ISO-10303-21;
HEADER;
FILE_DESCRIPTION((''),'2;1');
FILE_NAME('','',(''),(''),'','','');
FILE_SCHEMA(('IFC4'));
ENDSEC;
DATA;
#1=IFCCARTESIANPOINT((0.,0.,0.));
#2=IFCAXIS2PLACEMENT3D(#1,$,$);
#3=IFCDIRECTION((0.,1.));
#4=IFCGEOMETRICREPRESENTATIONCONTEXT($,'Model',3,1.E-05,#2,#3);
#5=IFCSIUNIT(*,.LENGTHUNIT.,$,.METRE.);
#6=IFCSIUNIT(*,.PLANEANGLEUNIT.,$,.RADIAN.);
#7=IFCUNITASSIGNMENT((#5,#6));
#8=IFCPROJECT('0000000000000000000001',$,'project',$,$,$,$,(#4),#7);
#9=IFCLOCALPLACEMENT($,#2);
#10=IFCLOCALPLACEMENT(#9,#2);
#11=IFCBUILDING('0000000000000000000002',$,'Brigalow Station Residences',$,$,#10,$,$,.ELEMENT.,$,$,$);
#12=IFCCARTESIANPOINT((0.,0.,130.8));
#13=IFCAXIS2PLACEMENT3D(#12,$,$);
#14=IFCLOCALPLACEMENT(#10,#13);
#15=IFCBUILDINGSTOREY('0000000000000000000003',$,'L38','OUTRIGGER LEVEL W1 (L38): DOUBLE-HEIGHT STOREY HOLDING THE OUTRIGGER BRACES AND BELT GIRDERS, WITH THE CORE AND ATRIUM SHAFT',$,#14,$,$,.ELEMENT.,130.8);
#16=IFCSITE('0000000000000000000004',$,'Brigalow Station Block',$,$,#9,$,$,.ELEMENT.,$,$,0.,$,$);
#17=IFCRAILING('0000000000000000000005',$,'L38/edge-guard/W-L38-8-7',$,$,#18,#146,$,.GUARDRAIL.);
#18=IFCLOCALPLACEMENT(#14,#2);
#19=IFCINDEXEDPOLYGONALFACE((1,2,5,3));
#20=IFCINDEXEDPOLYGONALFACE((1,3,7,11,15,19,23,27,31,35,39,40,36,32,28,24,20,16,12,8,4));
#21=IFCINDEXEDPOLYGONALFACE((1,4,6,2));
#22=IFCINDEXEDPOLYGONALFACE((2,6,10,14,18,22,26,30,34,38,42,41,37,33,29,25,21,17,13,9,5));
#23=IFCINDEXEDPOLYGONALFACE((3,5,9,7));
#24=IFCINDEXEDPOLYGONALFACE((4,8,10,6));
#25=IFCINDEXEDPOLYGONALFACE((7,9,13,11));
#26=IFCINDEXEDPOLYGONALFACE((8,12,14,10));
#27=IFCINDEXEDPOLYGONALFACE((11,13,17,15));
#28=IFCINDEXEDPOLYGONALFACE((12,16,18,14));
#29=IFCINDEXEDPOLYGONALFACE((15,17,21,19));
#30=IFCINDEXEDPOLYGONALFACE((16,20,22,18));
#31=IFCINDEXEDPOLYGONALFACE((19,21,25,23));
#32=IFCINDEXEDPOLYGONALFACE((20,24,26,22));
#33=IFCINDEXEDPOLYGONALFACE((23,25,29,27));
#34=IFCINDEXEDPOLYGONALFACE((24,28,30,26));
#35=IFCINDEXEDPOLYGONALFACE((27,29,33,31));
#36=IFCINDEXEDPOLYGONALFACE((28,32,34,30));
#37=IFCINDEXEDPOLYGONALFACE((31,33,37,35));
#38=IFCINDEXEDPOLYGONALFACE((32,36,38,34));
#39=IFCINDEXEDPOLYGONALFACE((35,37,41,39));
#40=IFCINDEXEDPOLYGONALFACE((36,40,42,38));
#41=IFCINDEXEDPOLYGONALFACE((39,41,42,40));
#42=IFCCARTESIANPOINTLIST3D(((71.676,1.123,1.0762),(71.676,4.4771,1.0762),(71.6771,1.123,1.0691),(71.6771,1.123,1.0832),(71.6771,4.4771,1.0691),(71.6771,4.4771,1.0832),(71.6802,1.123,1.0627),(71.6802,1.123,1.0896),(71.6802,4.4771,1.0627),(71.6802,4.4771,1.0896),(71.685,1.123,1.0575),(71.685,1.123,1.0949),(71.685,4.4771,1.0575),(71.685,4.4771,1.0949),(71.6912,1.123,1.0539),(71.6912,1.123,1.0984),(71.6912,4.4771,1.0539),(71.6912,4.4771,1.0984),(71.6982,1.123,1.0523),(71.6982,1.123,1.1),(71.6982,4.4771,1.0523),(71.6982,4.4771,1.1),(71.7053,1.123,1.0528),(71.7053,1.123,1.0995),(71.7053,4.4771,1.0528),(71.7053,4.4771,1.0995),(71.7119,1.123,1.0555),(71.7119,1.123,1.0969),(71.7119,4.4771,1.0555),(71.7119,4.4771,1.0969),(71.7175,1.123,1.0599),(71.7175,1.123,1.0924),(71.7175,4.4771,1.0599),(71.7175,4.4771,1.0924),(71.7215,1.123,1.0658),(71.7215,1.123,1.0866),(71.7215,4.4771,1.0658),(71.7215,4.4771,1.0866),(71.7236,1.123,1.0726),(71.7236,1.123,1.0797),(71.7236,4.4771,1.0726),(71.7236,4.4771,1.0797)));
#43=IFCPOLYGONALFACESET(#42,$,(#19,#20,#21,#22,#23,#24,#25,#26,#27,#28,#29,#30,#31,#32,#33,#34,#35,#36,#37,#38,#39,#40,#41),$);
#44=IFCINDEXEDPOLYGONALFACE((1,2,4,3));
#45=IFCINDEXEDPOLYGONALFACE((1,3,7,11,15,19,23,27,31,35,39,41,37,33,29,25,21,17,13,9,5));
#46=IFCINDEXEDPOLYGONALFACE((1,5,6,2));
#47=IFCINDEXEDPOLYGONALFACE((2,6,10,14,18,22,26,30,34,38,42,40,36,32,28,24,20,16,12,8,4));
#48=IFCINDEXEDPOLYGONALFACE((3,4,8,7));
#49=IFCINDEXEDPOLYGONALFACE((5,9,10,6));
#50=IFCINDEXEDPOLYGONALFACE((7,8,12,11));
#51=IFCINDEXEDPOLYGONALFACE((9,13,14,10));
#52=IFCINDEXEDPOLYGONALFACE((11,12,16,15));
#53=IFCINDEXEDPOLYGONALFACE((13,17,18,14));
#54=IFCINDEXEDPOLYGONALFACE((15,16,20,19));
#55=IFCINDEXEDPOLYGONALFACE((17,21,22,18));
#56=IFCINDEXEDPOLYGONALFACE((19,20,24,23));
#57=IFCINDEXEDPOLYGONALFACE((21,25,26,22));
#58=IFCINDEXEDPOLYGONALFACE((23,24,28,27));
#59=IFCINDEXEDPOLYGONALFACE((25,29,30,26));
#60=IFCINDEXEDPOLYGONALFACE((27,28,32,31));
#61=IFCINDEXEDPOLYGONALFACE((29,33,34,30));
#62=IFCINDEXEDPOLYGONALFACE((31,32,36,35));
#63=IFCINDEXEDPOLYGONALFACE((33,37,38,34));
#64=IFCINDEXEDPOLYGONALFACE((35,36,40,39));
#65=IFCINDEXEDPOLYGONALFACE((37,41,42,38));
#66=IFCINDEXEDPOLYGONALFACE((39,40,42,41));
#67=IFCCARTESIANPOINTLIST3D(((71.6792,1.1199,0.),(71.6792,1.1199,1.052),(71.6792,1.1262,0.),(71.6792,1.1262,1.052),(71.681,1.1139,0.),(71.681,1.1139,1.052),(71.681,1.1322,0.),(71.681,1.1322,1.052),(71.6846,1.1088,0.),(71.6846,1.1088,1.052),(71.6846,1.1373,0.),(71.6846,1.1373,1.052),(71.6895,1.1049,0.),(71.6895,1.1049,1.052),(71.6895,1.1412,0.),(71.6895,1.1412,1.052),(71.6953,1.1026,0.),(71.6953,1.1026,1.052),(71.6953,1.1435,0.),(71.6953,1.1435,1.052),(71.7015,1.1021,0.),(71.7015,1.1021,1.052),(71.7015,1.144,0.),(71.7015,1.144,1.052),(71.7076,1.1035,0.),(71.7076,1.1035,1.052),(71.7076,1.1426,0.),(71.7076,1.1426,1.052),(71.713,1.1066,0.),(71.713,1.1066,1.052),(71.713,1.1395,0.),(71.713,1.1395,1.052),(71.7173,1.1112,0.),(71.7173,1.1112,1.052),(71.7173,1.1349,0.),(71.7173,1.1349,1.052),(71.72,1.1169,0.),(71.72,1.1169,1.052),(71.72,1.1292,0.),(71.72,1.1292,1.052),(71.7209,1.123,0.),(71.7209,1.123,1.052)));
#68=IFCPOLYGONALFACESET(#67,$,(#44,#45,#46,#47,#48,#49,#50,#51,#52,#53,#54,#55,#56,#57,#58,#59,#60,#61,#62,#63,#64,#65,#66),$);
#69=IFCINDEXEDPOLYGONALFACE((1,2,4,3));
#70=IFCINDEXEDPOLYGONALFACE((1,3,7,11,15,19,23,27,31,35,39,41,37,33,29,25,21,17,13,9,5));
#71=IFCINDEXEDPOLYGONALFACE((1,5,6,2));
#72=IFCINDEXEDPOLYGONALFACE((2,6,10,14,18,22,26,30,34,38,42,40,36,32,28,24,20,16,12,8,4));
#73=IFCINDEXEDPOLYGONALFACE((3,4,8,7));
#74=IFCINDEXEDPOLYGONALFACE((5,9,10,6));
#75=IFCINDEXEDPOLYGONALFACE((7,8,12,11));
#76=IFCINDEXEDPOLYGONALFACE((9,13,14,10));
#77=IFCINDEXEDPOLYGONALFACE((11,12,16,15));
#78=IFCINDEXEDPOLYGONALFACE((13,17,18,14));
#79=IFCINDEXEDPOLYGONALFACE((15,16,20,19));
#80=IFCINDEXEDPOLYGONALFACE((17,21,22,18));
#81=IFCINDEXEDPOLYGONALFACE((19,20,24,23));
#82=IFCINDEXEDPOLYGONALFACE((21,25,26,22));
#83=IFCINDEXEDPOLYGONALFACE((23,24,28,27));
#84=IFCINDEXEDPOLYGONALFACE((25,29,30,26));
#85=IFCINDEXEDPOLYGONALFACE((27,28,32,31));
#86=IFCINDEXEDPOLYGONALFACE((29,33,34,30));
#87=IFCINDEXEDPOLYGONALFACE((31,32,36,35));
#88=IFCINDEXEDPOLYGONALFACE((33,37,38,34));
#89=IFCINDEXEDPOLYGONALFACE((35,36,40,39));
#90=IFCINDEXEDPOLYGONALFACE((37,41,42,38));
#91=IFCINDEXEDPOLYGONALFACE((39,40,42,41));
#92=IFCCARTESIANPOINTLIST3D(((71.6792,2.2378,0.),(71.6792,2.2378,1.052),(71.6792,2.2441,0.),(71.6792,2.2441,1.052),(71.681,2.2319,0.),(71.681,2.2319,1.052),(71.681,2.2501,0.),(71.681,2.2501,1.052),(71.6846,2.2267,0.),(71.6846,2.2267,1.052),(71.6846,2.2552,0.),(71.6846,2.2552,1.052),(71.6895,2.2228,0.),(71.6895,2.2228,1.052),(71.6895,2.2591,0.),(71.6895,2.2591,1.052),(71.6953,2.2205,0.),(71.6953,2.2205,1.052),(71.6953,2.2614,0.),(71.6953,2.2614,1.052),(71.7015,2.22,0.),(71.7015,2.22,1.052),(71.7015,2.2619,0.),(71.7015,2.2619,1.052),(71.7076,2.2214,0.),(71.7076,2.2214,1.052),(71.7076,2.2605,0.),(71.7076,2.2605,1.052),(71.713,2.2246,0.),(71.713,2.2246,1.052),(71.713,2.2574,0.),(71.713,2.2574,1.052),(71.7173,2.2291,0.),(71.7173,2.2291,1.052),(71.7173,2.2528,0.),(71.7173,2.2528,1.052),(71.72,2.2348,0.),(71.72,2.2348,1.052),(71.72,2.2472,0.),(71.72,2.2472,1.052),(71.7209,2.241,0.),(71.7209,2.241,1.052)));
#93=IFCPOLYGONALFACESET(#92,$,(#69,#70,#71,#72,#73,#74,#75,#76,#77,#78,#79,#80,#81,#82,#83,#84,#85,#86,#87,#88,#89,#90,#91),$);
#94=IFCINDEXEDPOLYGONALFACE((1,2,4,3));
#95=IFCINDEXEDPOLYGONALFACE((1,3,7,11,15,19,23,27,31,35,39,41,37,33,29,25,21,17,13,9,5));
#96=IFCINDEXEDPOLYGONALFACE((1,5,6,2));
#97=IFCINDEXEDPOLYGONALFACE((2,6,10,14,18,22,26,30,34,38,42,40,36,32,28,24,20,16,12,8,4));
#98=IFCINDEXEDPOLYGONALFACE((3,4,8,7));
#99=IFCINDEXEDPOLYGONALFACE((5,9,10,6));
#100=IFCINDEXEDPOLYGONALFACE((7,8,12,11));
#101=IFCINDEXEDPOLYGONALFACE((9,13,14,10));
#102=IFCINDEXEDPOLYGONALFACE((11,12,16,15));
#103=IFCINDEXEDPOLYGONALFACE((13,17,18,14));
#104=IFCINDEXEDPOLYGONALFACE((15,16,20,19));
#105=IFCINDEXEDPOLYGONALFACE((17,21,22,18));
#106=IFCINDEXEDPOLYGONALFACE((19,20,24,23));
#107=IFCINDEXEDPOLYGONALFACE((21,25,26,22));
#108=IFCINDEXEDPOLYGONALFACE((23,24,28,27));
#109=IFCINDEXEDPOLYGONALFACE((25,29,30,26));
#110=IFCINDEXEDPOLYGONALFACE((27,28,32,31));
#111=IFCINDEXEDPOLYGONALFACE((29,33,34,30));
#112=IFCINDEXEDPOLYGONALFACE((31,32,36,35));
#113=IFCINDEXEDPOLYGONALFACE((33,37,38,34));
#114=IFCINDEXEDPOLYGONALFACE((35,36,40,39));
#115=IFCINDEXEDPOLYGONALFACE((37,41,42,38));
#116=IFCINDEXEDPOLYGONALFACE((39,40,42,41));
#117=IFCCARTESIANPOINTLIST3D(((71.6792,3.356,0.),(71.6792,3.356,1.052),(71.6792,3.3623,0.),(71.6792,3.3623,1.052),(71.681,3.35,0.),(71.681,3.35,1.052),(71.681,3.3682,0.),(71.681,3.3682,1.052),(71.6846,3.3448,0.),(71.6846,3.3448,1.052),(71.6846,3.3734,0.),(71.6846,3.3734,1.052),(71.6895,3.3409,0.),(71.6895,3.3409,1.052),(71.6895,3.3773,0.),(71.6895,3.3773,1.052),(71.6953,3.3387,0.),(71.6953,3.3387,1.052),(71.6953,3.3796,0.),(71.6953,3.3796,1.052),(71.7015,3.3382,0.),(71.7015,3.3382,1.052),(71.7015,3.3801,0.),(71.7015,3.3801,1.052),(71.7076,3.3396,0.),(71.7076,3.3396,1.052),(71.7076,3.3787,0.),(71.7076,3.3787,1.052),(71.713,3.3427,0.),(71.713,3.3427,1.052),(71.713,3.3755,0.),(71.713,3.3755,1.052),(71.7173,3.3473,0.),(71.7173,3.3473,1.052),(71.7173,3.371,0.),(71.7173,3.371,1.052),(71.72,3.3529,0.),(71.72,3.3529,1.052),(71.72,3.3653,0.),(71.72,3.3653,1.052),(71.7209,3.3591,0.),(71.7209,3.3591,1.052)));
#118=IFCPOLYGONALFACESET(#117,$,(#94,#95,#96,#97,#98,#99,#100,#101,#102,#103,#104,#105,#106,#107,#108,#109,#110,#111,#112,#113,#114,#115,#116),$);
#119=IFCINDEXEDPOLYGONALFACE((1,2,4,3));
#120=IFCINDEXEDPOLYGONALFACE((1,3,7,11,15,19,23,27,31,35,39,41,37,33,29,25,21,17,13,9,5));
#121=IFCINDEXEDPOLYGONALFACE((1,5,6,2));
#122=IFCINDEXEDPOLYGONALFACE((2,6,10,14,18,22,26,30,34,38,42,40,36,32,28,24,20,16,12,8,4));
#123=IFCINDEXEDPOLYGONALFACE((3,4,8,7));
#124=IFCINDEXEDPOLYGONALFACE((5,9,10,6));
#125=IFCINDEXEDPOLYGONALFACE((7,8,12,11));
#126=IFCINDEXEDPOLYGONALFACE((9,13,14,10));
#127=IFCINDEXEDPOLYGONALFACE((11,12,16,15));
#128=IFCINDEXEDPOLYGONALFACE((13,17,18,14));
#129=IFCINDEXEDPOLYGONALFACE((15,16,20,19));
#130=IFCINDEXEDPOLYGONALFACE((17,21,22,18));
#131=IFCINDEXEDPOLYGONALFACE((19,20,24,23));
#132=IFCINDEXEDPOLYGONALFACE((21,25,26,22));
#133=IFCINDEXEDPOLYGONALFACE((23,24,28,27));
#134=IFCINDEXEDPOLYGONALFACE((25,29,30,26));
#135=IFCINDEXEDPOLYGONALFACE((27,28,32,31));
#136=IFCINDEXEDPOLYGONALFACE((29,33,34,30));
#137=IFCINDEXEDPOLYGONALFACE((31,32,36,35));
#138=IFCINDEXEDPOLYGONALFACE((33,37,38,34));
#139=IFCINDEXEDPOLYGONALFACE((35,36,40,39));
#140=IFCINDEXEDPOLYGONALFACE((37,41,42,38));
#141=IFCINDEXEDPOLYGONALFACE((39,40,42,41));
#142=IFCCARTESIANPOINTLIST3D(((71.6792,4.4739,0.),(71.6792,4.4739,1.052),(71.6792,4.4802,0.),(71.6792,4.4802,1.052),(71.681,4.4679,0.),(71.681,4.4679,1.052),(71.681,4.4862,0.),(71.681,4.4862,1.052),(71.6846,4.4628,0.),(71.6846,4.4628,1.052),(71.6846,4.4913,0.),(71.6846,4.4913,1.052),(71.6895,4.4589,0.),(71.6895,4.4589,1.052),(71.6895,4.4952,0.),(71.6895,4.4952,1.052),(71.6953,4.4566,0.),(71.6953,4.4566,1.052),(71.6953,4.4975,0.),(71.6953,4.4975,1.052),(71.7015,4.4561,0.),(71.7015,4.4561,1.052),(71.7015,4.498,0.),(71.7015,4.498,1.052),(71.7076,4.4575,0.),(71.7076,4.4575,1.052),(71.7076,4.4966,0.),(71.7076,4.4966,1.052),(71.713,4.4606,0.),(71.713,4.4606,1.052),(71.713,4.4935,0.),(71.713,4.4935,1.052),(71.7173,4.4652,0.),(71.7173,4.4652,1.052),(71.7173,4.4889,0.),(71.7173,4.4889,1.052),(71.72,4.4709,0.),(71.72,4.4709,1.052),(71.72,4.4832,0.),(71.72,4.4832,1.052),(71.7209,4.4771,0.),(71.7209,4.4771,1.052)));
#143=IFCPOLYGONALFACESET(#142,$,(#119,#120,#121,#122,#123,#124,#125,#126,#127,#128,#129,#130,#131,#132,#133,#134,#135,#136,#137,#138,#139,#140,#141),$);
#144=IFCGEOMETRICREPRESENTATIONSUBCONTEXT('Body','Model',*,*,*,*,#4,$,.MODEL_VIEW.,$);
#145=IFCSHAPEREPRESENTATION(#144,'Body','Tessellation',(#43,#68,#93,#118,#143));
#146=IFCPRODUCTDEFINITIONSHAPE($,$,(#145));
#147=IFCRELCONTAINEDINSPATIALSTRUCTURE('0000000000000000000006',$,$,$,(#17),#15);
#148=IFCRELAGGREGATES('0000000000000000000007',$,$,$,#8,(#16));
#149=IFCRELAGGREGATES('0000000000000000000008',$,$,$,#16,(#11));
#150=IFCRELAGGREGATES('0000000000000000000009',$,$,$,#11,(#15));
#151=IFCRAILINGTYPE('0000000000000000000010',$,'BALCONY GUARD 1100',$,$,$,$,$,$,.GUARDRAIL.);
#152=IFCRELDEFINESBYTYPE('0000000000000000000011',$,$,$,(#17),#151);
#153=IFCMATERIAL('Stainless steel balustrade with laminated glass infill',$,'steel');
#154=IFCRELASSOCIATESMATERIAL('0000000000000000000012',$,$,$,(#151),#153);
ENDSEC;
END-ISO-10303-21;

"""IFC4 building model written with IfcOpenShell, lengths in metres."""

from ifc_helpers import new_model, si_unit, direction, frame, origin, origin_2d, place, context, subcontext, project, spatial, circle, extrude, material, type_object, element, save


model = new_model("IFC4")

# Units and contexts
model_context = context("Model", 3, precision=1e-05, world=origin(), true_north=direction((0.0, 1.0)))
body_context = subcontext(model_context, "Body", "Model", "MODEL_VIEW")
ifc_project = project(units=[si_unit("LENGTHUNIT", "METRE"), si_unit("PLANEANGLEUNIT", "RADIAN")], contexts=[model_context])

# Site, building, storey
site_placement = place(None, origin())
site = spatial("IfcSite", under=ifc_project, at=site_placement, Name="Brigalow Station Block", CompositionType="ELEMENT", RefElevation=0.0)
building_placement = place(site_placement, origin())
building = spatial("IfcBuilding", under=site, at=building_placement, Name="Brigalow Station Residences", CompositionType="ELEMENT")
storey_placement = place(building_placement, frame((0.0, 0.0, 130.8)))
storey = spatial("IfcBuildingStorey", under=building, at=storey_placement, Name="L38", Description="OUTRIGGER LEVEL W1 (L38): DOUBLE-HEIGHT STOREY HOLDING THE OUTRIGGER BRACES AND BELT GIRDERS, WITH THE CORE AND ATRIUM SHAFT", CompositionType="ELEMENT", Elevation=130.8)

# Railing
ifc_material_1 = material(Name="Stainless steel balustrade with laminated glass infill", Category="steel")
railing_type = type_object("IfcRailingType", Name="BALCONY GUARD 1100", PredefinedType="GUARDRAIL", material=ifc_material_1)
railing_1_placement = place(storey_placement, frame((71.7, 1.123, 0.0)))
element("IfcRailing", 1, at=railing_1_placement, inside=storey, type_object=railing_type, Name="L38/edge-guard/W-L38-8-7", PredefinedType="GUARDRAIL", context=body_context, shape_type="SweptSolid", body=[
    extrude(circle(Radius=0.0239, at=origin_2d()), frame((0.0, 0.0, 1.0762), z_axis=(0.0, 1.0, 0.0), x_axis=(-1.0, 0.0, 0.0)), (0.0, 0.0, 1.0), 3.354),
    extrude(circle(Radius=0.021, at=origin_2d()), origin(), (0.0, 0.0, 1.0), 1.052),
    extrude(circle(Radius=0.021, at=origin_2d()), frame((0.0, 1.1179, 0.0)), (0.0, 0.0, 1.0), 1.052),
    extrude(circle(Radius=0.021, at=origin_2d()), frame((0.0, 2.2361, 0.0)), (0.0, 0.0, 1.0), 1.052),
    extrude(circle(Radius=0.021, at=origin_2d()), frame((0.0, 3.354, 0.0)), (0.0, 0.0, 1.0), 1.052),
])

save(model, "model.ifc")
